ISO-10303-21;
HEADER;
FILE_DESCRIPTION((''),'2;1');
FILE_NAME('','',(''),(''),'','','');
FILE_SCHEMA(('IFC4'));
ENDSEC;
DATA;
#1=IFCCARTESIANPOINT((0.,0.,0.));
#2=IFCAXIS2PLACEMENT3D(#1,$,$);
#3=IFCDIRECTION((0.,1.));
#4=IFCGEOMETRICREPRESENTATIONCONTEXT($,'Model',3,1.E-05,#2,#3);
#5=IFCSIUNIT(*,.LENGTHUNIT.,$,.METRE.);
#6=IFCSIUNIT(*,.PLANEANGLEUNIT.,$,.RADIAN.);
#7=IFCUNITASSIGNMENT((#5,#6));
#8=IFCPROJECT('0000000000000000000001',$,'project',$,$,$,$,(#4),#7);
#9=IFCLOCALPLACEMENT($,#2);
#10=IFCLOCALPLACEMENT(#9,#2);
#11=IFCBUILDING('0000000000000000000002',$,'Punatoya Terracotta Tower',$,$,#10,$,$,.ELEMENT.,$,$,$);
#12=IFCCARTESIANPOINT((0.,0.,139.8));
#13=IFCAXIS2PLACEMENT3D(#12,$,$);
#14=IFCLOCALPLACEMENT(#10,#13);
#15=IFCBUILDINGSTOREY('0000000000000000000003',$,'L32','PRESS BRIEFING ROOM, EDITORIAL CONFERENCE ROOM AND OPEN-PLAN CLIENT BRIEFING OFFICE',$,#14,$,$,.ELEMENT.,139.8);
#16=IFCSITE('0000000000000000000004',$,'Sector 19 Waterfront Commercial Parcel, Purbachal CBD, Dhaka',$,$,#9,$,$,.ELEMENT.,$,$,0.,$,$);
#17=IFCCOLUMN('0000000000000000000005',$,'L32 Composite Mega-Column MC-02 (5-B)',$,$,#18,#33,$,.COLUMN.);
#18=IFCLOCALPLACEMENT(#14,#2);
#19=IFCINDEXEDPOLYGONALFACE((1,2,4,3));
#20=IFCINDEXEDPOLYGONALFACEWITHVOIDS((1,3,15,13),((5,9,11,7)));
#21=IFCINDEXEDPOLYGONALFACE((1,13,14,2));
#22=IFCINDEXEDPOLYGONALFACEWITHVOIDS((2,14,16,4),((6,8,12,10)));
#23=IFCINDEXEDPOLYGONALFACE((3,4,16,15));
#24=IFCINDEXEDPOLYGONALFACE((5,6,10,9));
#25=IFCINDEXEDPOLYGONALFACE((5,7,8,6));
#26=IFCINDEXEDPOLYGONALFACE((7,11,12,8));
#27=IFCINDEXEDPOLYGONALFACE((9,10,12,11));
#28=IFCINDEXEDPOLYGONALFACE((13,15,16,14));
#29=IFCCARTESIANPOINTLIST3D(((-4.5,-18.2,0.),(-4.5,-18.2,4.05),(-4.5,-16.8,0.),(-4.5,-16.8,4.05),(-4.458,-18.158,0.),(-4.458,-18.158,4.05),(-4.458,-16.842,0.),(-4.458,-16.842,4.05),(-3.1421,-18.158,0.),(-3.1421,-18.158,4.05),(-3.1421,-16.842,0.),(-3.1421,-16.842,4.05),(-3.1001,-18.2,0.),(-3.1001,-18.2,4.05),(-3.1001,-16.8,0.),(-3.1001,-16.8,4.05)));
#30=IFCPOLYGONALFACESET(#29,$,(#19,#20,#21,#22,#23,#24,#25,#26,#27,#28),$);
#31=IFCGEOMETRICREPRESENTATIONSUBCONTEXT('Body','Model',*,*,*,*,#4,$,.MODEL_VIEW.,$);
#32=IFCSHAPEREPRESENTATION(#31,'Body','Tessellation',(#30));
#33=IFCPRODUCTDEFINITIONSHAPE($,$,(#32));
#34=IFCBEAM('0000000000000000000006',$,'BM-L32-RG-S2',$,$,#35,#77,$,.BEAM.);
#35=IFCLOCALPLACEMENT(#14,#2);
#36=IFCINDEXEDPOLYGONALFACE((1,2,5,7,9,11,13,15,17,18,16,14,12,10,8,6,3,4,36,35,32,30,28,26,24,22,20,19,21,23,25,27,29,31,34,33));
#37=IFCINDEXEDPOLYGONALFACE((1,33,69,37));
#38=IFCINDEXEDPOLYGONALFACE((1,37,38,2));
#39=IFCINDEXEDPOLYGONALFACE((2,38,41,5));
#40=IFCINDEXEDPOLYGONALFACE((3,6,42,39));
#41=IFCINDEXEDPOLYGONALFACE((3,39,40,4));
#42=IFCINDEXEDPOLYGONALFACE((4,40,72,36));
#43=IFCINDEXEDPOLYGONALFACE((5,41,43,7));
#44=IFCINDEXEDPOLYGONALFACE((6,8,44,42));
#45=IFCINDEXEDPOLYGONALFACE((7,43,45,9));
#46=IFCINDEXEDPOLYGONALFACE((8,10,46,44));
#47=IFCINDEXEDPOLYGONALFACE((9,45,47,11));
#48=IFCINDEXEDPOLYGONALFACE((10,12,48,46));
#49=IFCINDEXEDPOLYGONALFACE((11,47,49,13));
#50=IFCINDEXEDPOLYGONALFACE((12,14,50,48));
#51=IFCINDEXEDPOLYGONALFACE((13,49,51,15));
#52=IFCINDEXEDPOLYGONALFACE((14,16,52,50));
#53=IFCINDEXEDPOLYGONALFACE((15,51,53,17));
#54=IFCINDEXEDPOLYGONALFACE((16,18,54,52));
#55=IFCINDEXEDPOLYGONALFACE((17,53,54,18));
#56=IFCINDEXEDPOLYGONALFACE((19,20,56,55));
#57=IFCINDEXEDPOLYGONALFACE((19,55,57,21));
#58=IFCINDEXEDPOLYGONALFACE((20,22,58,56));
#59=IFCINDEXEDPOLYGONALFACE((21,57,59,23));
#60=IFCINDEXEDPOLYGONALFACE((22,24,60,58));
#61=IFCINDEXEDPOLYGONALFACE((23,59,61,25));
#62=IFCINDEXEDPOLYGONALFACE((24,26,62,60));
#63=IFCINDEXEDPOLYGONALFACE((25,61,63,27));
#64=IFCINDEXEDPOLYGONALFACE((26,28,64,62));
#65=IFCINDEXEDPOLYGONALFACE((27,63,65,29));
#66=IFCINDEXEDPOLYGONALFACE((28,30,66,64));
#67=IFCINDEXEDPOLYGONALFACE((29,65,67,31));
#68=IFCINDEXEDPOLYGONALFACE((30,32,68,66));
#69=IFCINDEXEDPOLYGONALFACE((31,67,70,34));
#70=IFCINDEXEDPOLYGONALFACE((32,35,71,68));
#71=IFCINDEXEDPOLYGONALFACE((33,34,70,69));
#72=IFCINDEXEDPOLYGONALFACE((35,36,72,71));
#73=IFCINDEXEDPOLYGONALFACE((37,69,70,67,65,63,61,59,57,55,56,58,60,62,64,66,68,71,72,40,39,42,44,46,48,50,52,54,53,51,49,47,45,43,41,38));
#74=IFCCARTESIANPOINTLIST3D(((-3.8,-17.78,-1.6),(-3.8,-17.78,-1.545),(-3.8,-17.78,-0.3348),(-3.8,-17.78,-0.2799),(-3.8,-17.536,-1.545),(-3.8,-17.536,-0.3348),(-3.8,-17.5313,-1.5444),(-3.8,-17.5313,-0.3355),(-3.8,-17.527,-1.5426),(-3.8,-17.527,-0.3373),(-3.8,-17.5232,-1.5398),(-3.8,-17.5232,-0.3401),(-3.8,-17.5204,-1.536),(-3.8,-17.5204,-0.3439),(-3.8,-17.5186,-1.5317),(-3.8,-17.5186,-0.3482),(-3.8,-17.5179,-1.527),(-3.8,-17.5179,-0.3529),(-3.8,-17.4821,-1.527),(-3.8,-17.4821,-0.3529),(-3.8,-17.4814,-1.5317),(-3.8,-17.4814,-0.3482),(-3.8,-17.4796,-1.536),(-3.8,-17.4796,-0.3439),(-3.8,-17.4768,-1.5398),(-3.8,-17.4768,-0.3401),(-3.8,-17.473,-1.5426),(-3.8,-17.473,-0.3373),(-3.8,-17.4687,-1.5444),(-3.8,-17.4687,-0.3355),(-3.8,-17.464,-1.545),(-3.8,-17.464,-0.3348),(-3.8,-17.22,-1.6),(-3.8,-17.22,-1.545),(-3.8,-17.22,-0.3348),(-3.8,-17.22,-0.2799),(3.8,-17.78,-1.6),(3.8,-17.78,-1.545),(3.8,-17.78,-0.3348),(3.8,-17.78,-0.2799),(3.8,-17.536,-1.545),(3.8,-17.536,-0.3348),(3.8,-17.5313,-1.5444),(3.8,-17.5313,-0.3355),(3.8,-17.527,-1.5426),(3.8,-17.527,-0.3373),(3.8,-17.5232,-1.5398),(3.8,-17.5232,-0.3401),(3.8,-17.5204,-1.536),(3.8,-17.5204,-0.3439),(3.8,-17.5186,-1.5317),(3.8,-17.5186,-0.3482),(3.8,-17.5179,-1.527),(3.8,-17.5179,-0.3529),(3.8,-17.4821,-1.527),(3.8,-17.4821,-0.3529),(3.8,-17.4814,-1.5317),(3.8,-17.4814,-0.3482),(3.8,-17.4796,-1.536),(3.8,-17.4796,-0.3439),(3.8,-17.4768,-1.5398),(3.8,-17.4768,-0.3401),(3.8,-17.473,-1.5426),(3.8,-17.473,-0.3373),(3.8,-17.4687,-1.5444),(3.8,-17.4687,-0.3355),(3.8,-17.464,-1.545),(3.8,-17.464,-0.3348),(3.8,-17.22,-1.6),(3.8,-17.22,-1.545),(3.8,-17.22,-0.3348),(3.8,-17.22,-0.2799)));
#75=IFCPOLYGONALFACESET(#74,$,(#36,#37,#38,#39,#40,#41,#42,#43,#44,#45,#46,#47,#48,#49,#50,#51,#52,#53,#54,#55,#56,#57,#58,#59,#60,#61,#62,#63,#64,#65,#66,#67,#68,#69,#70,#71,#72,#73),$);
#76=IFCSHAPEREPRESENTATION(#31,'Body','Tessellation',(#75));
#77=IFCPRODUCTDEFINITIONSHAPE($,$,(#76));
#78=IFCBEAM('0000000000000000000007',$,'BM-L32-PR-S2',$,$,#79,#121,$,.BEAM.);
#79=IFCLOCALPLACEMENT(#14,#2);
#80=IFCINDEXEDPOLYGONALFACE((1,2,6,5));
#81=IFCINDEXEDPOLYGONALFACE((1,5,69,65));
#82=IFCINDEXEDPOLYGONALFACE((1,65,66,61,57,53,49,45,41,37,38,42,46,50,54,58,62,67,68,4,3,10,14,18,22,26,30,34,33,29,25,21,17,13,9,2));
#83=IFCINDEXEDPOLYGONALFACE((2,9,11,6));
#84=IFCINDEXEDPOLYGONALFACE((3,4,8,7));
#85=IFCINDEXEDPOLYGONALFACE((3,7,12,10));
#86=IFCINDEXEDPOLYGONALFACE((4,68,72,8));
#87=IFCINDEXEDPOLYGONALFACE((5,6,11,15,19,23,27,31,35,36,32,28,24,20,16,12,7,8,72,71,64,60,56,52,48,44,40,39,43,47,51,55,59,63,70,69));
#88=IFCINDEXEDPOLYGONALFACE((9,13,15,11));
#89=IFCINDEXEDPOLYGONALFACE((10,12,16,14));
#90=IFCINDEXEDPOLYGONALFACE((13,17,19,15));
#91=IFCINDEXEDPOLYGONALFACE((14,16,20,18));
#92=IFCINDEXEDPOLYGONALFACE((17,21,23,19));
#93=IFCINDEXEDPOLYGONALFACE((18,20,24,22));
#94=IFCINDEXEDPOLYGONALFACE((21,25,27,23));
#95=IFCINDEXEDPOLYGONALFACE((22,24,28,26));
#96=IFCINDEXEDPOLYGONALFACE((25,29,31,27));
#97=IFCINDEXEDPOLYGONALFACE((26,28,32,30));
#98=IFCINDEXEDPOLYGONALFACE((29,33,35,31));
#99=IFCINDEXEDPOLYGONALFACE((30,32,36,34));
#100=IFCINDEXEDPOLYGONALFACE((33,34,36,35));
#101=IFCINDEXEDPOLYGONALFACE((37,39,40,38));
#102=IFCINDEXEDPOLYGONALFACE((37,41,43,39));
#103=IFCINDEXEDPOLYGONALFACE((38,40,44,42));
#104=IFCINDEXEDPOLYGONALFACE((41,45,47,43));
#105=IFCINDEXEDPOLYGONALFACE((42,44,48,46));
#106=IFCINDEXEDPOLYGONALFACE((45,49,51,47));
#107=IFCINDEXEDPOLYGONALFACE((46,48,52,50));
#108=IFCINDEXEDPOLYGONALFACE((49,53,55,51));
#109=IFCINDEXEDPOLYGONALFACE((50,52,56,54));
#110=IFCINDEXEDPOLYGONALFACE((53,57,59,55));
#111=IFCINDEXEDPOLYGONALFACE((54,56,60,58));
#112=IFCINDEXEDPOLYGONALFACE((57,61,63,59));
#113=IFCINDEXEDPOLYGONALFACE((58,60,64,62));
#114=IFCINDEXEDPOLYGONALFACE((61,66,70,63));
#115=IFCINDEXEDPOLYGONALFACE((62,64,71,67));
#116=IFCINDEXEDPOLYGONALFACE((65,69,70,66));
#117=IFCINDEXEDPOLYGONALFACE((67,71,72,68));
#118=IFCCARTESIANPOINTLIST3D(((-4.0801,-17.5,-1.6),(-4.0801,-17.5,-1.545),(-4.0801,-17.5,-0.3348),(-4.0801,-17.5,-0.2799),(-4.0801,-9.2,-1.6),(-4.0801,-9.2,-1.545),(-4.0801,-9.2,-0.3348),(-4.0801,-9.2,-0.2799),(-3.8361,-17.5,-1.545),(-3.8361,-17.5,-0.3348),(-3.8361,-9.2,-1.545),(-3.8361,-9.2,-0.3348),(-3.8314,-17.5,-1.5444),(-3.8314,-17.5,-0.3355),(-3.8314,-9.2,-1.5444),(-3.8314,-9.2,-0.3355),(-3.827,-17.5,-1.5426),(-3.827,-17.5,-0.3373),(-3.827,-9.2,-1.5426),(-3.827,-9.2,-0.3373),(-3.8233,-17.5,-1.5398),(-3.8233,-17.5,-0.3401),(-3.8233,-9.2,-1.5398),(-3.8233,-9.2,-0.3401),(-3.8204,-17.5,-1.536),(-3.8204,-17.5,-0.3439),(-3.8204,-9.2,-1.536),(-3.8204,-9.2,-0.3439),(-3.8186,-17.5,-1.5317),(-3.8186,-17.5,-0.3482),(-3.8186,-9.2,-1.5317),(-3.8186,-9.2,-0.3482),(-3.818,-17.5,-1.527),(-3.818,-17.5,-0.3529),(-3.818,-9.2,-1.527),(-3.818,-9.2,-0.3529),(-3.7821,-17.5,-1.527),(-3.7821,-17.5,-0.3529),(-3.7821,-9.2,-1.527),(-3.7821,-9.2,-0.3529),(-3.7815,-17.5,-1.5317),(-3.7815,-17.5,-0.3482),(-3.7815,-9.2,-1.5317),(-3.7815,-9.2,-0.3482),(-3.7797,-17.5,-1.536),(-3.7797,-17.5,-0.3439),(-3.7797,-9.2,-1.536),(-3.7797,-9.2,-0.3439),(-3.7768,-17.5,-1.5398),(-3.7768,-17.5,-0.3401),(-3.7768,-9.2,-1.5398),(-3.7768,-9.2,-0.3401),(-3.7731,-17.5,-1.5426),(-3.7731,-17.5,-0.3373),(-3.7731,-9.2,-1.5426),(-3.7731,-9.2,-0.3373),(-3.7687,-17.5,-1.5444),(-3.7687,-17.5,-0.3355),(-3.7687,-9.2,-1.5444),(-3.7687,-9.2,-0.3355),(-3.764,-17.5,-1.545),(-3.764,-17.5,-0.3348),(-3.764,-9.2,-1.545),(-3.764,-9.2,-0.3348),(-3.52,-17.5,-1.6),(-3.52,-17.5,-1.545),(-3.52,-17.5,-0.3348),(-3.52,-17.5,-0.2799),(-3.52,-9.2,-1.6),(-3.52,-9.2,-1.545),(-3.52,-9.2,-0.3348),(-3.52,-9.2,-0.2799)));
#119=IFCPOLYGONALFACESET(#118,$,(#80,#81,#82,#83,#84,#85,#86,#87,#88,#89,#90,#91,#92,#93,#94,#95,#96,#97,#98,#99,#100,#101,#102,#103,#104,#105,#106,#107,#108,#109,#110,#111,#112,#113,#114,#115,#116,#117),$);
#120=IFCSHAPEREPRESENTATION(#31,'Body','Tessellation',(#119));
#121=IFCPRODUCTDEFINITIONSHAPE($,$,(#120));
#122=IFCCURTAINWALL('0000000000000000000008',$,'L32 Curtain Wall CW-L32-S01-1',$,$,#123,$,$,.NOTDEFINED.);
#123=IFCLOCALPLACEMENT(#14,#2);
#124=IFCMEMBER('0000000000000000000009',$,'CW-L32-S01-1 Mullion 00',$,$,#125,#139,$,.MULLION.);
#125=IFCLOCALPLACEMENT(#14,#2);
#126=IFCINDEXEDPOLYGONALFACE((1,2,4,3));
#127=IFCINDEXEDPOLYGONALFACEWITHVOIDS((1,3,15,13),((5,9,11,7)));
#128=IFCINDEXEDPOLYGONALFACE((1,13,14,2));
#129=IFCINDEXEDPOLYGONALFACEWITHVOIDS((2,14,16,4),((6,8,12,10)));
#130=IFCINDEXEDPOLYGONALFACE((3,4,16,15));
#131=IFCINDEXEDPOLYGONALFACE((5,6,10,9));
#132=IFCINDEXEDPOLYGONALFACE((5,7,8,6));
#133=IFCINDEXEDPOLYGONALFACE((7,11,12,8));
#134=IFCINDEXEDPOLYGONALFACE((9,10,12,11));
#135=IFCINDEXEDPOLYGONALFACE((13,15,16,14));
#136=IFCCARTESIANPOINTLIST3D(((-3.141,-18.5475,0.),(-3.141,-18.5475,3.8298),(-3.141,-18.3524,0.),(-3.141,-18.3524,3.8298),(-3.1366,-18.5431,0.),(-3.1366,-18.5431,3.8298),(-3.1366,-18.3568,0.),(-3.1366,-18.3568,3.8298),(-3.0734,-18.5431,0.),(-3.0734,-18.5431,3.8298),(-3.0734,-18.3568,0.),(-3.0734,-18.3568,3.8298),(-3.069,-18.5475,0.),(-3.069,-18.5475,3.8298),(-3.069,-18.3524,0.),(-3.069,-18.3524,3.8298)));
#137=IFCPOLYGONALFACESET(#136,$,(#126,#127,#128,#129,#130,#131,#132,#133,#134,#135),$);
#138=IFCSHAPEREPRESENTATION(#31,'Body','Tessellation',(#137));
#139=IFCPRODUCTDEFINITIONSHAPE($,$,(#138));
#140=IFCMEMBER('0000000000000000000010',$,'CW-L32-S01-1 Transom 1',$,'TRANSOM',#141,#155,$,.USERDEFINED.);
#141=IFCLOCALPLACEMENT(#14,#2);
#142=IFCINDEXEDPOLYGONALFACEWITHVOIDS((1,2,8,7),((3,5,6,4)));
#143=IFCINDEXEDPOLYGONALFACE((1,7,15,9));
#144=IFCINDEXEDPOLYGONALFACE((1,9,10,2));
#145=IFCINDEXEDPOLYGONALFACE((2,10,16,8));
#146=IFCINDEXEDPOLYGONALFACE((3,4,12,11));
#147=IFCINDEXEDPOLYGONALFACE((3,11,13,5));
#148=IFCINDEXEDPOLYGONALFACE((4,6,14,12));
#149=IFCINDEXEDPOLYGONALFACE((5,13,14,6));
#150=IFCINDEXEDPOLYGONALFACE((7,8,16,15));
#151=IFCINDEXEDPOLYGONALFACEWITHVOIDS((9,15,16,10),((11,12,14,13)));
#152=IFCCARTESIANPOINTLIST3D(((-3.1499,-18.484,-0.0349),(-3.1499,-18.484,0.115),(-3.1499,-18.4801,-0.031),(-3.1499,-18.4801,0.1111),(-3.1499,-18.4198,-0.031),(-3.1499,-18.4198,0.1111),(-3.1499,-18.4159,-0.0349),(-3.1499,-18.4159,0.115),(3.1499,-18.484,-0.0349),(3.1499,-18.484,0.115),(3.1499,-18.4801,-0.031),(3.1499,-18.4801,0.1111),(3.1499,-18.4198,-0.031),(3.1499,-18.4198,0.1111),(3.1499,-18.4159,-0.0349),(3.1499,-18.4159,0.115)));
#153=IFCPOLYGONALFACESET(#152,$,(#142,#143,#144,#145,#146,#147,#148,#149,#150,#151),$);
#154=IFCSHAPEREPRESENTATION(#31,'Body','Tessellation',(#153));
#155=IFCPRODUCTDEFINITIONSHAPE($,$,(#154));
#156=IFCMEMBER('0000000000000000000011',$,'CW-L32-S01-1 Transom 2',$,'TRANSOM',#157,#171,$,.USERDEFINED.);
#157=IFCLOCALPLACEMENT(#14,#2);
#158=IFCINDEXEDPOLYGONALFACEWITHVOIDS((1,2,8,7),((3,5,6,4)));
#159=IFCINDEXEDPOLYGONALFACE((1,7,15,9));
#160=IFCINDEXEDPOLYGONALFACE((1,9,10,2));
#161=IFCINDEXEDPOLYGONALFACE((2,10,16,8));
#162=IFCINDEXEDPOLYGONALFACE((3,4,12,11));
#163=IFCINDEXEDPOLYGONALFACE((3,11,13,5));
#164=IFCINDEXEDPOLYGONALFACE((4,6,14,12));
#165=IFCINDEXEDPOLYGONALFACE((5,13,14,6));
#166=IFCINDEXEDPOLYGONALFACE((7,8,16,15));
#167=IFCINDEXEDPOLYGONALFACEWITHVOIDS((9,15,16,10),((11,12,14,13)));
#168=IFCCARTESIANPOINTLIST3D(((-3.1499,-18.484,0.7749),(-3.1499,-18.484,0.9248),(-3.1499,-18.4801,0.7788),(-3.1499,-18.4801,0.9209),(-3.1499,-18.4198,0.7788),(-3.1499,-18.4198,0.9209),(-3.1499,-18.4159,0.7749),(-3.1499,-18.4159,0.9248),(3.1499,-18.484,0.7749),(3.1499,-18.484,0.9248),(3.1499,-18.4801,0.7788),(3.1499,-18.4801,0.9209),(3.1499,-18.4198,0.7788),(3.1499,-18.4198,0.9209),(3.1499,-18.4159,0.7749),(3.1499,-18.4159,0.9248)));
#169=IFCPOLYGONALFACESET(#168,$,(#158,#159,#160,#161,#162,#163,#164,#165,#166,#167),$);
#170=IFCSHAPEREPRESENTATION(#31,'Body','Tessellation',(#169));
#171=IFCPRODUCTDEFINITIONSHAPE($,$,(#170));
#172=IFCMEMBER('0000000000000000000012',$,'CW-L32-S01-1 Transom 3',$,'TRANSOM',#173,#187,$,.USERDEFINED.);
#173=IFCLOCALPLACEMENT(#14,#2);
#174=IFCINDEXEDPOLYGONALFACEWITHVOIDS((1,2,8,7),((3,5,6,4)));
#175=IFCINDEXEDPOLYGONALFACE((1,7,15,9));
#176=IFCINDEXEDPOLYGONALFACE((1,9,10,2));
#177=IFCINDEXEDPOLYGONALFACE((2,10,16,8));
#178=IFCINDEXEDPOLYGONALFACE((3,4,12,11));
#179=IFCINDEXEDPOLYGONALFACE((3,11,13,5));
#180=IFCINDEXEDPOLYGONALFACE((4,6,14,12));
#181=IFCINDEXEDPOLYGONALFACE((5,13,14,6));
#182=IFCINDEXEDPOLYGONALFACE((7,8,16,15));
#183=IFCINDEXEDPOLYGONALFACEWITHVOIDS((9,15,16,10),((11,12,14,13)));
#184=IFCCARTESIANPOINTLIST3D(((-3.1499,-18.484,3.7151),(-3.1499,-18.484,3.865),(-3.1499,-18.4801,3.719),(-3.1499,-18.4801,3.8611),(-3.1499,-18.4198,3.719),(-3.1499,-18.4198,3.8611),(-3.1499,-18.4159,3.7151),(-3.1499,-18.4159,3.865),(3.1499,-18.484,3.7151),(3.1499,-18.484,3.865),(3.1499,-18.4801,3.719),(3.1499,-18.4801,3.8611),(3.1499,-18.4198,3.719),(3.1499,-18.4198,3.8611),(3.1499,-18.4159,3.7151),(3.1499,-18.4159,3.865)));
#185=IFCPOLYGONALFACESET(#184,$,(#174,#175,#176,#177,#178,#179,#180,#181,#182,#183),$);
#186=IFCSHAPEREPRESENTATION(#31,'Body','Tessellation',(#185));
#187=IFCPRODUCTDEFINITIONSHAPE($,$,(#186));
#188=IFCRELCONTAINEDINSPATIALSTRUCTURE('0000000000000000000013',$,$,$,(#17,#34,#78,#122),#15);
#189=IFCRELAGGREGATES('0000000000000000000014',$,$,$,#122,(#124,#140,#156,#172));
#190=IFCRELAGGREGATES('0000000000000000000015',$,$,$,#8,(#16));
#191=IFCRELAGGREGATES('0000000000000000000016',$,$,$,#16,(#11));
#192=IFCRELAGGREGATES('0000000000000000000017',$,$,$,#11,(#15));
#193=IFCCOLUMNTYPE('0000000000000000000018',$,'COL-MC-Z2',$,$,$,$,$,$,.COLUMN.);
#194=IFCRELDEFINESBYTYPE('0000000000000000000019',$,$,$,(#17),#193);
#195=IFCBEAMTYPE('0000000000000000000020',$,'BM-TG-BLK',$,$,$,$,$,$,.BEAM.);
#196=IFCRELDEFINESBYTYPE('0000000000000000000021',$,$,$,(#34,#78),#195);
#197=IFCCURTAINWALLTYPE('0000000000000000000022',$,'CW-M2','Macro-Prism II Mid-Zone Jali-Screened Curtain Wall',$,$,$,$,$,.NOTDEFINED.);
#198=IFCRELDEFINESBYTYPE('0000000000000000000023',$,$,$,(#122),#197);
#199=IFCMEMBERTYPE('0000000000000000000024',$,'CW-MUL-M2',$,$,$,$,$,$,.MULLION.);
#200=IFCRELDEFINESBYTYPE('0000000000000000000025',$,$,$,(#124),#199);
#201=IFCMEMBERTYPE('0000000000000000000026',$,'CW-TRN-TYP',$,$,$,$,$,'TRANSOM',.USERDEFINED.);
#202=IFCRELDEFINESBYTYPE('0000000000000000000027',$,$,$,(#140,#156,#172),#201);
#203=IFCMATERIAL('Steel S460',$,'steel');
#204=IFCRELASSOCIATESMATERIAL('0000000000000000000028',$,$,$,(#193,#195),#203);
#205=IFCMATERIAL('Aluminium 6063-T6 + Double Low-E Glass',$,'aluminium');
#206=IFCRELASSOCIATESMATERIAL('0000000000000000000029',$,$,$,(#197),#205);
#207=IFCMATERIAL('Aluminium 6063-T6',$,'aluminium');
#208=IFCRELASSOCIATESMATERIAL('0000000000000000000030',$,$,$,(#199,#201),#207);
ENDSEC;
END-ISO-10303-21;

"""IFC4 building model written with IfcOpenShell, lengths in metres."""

from ifc_helpers import new_model, si_unit, direction, frame, origin, origin_2d, place, context, subcontext, project, spatial, hollow_rectangle, i_section, extrude, material, material_profile, profile_set, type_object, element, aggregate, save


model = new_model("IFC4")

# Units and contexts
model_context = context("Model", 3, precision=1e-05, world=origin(), true_north=direction((0.0, 1.0)))
body_context = subcontext(model_context, "Body", "Model", "MODEL_VIEW")
ifc_project = project(units=[si_unit("LENGTHUNIT", "METRE"), si_unit("PLANEANGLEUNIT", "RADIAN")], contexts=[model_context])

# Site, building, storey
site_placement = place(None, origin())
site = spatial("IfcSite", under=ifc_project, at=site_placement, Name="Sector 19 Waterfront Commercial Parcel, Purbachal CBD, Dhaka", CompositionType="ELEMENT", RefElevation=0.0)
building_placement = place(site_placement, origin())
building = spatial("IfcBuilding", under=site, at=building_placement, Name="Punatoya Terracotta Tower", CompositionType="ELEMENT")
storey_placement = place(building_placement, frame((0.0, 0.0, 139.8)))
storey = spatial("IfcBuildingStorey", under=building, at=storey_placement, Name="L32", Description="PRESS BRIEFING ROOM, EDITORIAL CONFERENCE ROOM AND OPEN-PLAN CLIENT BRIEFING OFFICE", CompositionType="ELEMENT", Elevation=139.8)

# Column
ifc_material_1 = material(Name="Steel S460", Category="steel")
ifc_material_profile_1 = material_profile(ifc_material_1, hollow_rectangle(XDim=1.3999, YDim=1.3999, WallThickness=0.042, at=origin_2d()))
ifc_profile_set_1 = profile_set([ifc_material_profile_1], Name="Steel S460")
column_type = type_object("IfcColumnType", Name="COL-MC-Z2", PredefinedType="COLUMN", material=ifc_profile_set_1)
column_placement = place(storey_placement, frame((-3.8, -17.5, 0.0), z_axis=(0.0, 0.0, 1.0), x_axis=(1.0, 0.0, 0.0)))
element("IfcColumn", 1, at=column_placement, inside=storey, type_object=column_type, Name="L32 Composite Mega-Column MC-02 (5-B)", PredefinedType="COLUMN", context=body_context, shape_type="SweptSolid", body=[
    extrude(hollow_rectangle(XDim=1.3999, YDim=1.3999, WallThickness=0.042, at=origin_2d()), origin(), (0.0, 0.0, 1.0), 4.05),
])

# Beams
ifc_material_profile_2 = material_profile(ifc_material_1, i_section(OverallWidth=0.5601, OverallDepth=1.3201, WebThickness=0.0359, FlangeThickness=0.0549, FilletRadius=0.0181, at=origin_2d()))
ifc_profile_set_2 = profile_set([ifc_material_profile_2], Name="Steel S460")
beam_type = type_object("IfcBeamType", Name="BM-TG-BLK", PredefinedType="BEAM", material=ifc_profile_set_2)
beam_1_placement = place(storey_placement, frame((-3.8, -17.5, -0.9399), z_axis=(1.0, 0.0, 0.0), x_axis=(0.0, 1.0, 0.0)))
element("IfcBeam", 2, at=beam_1_placement, inside=storey, type_object=beam_type, Name="BM-L32-RG-S2", PredefinedType="BEAM", context=body_context, shape_type="SweptSolid", body=[
    extrude(i_section(OverallWidth=0.5601, OverallDepth=1.3201, WebThickness=0.0359, FlangeThickness=0.0549, FilletRadius=0.0181, at=origin_2d()), origin(), (0.0, 0.0, 1.0), 7.6001),
])
beam_2_placement = place(storey_placement, frame((-3.8, -17.5, -0.9399), z_axis=(0.0, 1.0, 0.0), x_axis=(-1.0, 0.0, 0.0)))
element("IfcBeam", 3, at=beam_2_placement, inside=storey, type_object=beam_type, Name="BM-L32-PR-S2", PredefinedType="BEAM", context=body_context, shape_type="SweptSolid", body=[
    extrude(i_section(OverallWidth=0.5601, OverallDepth=1.3201, WebThickness=0.0359, FlangeThickness=0.0549, FilletRadius=0.0181, at=origin_2d()), origin(), (0.0, 0.0, 1.0), 8.3),
])

# Curtain wall, members
ifc_material_2 = material(Name="Aluminium 6063-T6 + Double Low-E Glass", Category="aluminium")
curtain_wall_type = type_object("IfcCurtainWallType", Name="CW-M2", Description="Macro-Prism II Mid-Zone Jali-Screened Curtain Wall", PredefinedType="NOTDEFINED", material=ifc_material_2)
curtain_wall_placement = place(storey_placement, origin())
curtain_wall = element("IfcCurtainWall", 4, at=curtain_wall_placement, inside=storey, type_object=curtain_wall_type, Name="L32 Curtain Wall CW-L32-S01-1", PredefinedType="NOTDEFINED")
ifc_material_3 = material(Name="Aluminium 6063-T6", Category="aluminium")
ifc_material_profile_3 = material_profile(ifc_material_3, hollow_rectangle(XDim=0.072, YDim=0.1951, WallThickness=0.0044, at=origin_2d()))
ifc_profile_set_3 = profile_set([ifc_material_profile_3], Name="Aluminium 6063-T6")
member_type_1 = type_object("IfcMemberType", Name="CW-MUL-M2", PredefinedType="MULLION", material=ifc_profile_set_3)
member_1_placement = place(storey_placement, frame((-3.105, -18.45, 0.0), z_axis=(0.0, 0.0, 1.0), x_axis=(1.0, 0.0, 0.0)))
member_1 = element("IfcMember", 5, at=member_1_placement, type_object=member_type_1, Name="CW-L32-S01-1 Mullion 00", PredefinedType="MULLION", context=body_context, shape_type="SweptSolid", body=[
    extrude(hollow_rectangle(XDim=0.072, YDim=0.1951, WallThickness=0.0044, at=origin_2d()), origin(), (0.0, 0.0, 1.0), 3.8298),
])
ifc_material_profile_4 = material_profile(ifc_material_3, hollow_rectangle(XDim=0.0681, YDim=0.1499, WallThickness=0.0039, at=origin_2d()))
ifc_profile_set_4 = profile_set([ifc_material_profile_4], Name="Aluminium 6063-T6")
member_type_2 = type_object("IfcMemberType", Name="CW-TRN-TYP", ElementType="TRANSOM", PredefinedType="USERDEFINED", material=ifc_profile_set_4)
member_2_placement = place(storey_placement, frame((-3.1499, -18.45, 0.04), z_axis=(1.0, 0.0, 0.0), x_axis=(0.0, 1.0, 0.0)))
member_2 = element("IfcMember", 6, at=member_2_placement, type_object=member_type_2, Name="CW-L32-S01-1 Transom 1", ObjectType="TRANSOM", PredefinedType="USERDEFINED", context=body_context, shape_type="SweptSolid", body=[
    extrude(hollow_rectangle(XDim=0.0681, YDim=0.1499, WallThickness=0.0039, at=origin_2d()), origin(), (0.0, 0.0, 1.0), 6.2998),
])
member_3_placement = place(storey_placement, frame((-3.1499, -18.45, 0.8499), z_axis=(1.0, 0.0, 0.0), x_axis=(0.0, 1.0, 0.0)))
member_3 = element("IfcMember", 7, at=member_3_placement, type_object=member_type_2, Name="CW-L32-S01-1 Transom 2", ObjectType="TRANSOM", PredefinedType="USERDEFINED", context=body_context, shape_type="SweptSolid", body=[
    extrude(hollow_rectangle(XDim=0.0681, YDim=0.1499, WallThickness=0.0039, at=origin_2d()), origin(), (0.0, 0.0, 1.0), 6.2998),
])
member_4_placement = place(storey_placement, frame((-3.1499, -18.45, 3.79), z_axis=(1.0, 0.0, 0.0), x_axis=(0.0, 1.0, 0.0)))
member_4 = element("IfcMember", 8, at=member_4_placement, type_object=member_type_2, Name="CW-L32-S01-1 Transom 3", ObjectType="TRANSOM", PredefinedType="USERDEFINED", context=body_context, shape_type="SweptSolid", body=[
    extrude(hollow_rectangle(XDim=0.0681, YDim=0.1499, WallThickness=0.0039, at=origin_2d()), origin(), (0.0, 0.0, 1.0), 6.2998),
])
aggregate(curtain_wall, [member_1, member_2, member_3, member_4])

save(model, "model.ifc")
